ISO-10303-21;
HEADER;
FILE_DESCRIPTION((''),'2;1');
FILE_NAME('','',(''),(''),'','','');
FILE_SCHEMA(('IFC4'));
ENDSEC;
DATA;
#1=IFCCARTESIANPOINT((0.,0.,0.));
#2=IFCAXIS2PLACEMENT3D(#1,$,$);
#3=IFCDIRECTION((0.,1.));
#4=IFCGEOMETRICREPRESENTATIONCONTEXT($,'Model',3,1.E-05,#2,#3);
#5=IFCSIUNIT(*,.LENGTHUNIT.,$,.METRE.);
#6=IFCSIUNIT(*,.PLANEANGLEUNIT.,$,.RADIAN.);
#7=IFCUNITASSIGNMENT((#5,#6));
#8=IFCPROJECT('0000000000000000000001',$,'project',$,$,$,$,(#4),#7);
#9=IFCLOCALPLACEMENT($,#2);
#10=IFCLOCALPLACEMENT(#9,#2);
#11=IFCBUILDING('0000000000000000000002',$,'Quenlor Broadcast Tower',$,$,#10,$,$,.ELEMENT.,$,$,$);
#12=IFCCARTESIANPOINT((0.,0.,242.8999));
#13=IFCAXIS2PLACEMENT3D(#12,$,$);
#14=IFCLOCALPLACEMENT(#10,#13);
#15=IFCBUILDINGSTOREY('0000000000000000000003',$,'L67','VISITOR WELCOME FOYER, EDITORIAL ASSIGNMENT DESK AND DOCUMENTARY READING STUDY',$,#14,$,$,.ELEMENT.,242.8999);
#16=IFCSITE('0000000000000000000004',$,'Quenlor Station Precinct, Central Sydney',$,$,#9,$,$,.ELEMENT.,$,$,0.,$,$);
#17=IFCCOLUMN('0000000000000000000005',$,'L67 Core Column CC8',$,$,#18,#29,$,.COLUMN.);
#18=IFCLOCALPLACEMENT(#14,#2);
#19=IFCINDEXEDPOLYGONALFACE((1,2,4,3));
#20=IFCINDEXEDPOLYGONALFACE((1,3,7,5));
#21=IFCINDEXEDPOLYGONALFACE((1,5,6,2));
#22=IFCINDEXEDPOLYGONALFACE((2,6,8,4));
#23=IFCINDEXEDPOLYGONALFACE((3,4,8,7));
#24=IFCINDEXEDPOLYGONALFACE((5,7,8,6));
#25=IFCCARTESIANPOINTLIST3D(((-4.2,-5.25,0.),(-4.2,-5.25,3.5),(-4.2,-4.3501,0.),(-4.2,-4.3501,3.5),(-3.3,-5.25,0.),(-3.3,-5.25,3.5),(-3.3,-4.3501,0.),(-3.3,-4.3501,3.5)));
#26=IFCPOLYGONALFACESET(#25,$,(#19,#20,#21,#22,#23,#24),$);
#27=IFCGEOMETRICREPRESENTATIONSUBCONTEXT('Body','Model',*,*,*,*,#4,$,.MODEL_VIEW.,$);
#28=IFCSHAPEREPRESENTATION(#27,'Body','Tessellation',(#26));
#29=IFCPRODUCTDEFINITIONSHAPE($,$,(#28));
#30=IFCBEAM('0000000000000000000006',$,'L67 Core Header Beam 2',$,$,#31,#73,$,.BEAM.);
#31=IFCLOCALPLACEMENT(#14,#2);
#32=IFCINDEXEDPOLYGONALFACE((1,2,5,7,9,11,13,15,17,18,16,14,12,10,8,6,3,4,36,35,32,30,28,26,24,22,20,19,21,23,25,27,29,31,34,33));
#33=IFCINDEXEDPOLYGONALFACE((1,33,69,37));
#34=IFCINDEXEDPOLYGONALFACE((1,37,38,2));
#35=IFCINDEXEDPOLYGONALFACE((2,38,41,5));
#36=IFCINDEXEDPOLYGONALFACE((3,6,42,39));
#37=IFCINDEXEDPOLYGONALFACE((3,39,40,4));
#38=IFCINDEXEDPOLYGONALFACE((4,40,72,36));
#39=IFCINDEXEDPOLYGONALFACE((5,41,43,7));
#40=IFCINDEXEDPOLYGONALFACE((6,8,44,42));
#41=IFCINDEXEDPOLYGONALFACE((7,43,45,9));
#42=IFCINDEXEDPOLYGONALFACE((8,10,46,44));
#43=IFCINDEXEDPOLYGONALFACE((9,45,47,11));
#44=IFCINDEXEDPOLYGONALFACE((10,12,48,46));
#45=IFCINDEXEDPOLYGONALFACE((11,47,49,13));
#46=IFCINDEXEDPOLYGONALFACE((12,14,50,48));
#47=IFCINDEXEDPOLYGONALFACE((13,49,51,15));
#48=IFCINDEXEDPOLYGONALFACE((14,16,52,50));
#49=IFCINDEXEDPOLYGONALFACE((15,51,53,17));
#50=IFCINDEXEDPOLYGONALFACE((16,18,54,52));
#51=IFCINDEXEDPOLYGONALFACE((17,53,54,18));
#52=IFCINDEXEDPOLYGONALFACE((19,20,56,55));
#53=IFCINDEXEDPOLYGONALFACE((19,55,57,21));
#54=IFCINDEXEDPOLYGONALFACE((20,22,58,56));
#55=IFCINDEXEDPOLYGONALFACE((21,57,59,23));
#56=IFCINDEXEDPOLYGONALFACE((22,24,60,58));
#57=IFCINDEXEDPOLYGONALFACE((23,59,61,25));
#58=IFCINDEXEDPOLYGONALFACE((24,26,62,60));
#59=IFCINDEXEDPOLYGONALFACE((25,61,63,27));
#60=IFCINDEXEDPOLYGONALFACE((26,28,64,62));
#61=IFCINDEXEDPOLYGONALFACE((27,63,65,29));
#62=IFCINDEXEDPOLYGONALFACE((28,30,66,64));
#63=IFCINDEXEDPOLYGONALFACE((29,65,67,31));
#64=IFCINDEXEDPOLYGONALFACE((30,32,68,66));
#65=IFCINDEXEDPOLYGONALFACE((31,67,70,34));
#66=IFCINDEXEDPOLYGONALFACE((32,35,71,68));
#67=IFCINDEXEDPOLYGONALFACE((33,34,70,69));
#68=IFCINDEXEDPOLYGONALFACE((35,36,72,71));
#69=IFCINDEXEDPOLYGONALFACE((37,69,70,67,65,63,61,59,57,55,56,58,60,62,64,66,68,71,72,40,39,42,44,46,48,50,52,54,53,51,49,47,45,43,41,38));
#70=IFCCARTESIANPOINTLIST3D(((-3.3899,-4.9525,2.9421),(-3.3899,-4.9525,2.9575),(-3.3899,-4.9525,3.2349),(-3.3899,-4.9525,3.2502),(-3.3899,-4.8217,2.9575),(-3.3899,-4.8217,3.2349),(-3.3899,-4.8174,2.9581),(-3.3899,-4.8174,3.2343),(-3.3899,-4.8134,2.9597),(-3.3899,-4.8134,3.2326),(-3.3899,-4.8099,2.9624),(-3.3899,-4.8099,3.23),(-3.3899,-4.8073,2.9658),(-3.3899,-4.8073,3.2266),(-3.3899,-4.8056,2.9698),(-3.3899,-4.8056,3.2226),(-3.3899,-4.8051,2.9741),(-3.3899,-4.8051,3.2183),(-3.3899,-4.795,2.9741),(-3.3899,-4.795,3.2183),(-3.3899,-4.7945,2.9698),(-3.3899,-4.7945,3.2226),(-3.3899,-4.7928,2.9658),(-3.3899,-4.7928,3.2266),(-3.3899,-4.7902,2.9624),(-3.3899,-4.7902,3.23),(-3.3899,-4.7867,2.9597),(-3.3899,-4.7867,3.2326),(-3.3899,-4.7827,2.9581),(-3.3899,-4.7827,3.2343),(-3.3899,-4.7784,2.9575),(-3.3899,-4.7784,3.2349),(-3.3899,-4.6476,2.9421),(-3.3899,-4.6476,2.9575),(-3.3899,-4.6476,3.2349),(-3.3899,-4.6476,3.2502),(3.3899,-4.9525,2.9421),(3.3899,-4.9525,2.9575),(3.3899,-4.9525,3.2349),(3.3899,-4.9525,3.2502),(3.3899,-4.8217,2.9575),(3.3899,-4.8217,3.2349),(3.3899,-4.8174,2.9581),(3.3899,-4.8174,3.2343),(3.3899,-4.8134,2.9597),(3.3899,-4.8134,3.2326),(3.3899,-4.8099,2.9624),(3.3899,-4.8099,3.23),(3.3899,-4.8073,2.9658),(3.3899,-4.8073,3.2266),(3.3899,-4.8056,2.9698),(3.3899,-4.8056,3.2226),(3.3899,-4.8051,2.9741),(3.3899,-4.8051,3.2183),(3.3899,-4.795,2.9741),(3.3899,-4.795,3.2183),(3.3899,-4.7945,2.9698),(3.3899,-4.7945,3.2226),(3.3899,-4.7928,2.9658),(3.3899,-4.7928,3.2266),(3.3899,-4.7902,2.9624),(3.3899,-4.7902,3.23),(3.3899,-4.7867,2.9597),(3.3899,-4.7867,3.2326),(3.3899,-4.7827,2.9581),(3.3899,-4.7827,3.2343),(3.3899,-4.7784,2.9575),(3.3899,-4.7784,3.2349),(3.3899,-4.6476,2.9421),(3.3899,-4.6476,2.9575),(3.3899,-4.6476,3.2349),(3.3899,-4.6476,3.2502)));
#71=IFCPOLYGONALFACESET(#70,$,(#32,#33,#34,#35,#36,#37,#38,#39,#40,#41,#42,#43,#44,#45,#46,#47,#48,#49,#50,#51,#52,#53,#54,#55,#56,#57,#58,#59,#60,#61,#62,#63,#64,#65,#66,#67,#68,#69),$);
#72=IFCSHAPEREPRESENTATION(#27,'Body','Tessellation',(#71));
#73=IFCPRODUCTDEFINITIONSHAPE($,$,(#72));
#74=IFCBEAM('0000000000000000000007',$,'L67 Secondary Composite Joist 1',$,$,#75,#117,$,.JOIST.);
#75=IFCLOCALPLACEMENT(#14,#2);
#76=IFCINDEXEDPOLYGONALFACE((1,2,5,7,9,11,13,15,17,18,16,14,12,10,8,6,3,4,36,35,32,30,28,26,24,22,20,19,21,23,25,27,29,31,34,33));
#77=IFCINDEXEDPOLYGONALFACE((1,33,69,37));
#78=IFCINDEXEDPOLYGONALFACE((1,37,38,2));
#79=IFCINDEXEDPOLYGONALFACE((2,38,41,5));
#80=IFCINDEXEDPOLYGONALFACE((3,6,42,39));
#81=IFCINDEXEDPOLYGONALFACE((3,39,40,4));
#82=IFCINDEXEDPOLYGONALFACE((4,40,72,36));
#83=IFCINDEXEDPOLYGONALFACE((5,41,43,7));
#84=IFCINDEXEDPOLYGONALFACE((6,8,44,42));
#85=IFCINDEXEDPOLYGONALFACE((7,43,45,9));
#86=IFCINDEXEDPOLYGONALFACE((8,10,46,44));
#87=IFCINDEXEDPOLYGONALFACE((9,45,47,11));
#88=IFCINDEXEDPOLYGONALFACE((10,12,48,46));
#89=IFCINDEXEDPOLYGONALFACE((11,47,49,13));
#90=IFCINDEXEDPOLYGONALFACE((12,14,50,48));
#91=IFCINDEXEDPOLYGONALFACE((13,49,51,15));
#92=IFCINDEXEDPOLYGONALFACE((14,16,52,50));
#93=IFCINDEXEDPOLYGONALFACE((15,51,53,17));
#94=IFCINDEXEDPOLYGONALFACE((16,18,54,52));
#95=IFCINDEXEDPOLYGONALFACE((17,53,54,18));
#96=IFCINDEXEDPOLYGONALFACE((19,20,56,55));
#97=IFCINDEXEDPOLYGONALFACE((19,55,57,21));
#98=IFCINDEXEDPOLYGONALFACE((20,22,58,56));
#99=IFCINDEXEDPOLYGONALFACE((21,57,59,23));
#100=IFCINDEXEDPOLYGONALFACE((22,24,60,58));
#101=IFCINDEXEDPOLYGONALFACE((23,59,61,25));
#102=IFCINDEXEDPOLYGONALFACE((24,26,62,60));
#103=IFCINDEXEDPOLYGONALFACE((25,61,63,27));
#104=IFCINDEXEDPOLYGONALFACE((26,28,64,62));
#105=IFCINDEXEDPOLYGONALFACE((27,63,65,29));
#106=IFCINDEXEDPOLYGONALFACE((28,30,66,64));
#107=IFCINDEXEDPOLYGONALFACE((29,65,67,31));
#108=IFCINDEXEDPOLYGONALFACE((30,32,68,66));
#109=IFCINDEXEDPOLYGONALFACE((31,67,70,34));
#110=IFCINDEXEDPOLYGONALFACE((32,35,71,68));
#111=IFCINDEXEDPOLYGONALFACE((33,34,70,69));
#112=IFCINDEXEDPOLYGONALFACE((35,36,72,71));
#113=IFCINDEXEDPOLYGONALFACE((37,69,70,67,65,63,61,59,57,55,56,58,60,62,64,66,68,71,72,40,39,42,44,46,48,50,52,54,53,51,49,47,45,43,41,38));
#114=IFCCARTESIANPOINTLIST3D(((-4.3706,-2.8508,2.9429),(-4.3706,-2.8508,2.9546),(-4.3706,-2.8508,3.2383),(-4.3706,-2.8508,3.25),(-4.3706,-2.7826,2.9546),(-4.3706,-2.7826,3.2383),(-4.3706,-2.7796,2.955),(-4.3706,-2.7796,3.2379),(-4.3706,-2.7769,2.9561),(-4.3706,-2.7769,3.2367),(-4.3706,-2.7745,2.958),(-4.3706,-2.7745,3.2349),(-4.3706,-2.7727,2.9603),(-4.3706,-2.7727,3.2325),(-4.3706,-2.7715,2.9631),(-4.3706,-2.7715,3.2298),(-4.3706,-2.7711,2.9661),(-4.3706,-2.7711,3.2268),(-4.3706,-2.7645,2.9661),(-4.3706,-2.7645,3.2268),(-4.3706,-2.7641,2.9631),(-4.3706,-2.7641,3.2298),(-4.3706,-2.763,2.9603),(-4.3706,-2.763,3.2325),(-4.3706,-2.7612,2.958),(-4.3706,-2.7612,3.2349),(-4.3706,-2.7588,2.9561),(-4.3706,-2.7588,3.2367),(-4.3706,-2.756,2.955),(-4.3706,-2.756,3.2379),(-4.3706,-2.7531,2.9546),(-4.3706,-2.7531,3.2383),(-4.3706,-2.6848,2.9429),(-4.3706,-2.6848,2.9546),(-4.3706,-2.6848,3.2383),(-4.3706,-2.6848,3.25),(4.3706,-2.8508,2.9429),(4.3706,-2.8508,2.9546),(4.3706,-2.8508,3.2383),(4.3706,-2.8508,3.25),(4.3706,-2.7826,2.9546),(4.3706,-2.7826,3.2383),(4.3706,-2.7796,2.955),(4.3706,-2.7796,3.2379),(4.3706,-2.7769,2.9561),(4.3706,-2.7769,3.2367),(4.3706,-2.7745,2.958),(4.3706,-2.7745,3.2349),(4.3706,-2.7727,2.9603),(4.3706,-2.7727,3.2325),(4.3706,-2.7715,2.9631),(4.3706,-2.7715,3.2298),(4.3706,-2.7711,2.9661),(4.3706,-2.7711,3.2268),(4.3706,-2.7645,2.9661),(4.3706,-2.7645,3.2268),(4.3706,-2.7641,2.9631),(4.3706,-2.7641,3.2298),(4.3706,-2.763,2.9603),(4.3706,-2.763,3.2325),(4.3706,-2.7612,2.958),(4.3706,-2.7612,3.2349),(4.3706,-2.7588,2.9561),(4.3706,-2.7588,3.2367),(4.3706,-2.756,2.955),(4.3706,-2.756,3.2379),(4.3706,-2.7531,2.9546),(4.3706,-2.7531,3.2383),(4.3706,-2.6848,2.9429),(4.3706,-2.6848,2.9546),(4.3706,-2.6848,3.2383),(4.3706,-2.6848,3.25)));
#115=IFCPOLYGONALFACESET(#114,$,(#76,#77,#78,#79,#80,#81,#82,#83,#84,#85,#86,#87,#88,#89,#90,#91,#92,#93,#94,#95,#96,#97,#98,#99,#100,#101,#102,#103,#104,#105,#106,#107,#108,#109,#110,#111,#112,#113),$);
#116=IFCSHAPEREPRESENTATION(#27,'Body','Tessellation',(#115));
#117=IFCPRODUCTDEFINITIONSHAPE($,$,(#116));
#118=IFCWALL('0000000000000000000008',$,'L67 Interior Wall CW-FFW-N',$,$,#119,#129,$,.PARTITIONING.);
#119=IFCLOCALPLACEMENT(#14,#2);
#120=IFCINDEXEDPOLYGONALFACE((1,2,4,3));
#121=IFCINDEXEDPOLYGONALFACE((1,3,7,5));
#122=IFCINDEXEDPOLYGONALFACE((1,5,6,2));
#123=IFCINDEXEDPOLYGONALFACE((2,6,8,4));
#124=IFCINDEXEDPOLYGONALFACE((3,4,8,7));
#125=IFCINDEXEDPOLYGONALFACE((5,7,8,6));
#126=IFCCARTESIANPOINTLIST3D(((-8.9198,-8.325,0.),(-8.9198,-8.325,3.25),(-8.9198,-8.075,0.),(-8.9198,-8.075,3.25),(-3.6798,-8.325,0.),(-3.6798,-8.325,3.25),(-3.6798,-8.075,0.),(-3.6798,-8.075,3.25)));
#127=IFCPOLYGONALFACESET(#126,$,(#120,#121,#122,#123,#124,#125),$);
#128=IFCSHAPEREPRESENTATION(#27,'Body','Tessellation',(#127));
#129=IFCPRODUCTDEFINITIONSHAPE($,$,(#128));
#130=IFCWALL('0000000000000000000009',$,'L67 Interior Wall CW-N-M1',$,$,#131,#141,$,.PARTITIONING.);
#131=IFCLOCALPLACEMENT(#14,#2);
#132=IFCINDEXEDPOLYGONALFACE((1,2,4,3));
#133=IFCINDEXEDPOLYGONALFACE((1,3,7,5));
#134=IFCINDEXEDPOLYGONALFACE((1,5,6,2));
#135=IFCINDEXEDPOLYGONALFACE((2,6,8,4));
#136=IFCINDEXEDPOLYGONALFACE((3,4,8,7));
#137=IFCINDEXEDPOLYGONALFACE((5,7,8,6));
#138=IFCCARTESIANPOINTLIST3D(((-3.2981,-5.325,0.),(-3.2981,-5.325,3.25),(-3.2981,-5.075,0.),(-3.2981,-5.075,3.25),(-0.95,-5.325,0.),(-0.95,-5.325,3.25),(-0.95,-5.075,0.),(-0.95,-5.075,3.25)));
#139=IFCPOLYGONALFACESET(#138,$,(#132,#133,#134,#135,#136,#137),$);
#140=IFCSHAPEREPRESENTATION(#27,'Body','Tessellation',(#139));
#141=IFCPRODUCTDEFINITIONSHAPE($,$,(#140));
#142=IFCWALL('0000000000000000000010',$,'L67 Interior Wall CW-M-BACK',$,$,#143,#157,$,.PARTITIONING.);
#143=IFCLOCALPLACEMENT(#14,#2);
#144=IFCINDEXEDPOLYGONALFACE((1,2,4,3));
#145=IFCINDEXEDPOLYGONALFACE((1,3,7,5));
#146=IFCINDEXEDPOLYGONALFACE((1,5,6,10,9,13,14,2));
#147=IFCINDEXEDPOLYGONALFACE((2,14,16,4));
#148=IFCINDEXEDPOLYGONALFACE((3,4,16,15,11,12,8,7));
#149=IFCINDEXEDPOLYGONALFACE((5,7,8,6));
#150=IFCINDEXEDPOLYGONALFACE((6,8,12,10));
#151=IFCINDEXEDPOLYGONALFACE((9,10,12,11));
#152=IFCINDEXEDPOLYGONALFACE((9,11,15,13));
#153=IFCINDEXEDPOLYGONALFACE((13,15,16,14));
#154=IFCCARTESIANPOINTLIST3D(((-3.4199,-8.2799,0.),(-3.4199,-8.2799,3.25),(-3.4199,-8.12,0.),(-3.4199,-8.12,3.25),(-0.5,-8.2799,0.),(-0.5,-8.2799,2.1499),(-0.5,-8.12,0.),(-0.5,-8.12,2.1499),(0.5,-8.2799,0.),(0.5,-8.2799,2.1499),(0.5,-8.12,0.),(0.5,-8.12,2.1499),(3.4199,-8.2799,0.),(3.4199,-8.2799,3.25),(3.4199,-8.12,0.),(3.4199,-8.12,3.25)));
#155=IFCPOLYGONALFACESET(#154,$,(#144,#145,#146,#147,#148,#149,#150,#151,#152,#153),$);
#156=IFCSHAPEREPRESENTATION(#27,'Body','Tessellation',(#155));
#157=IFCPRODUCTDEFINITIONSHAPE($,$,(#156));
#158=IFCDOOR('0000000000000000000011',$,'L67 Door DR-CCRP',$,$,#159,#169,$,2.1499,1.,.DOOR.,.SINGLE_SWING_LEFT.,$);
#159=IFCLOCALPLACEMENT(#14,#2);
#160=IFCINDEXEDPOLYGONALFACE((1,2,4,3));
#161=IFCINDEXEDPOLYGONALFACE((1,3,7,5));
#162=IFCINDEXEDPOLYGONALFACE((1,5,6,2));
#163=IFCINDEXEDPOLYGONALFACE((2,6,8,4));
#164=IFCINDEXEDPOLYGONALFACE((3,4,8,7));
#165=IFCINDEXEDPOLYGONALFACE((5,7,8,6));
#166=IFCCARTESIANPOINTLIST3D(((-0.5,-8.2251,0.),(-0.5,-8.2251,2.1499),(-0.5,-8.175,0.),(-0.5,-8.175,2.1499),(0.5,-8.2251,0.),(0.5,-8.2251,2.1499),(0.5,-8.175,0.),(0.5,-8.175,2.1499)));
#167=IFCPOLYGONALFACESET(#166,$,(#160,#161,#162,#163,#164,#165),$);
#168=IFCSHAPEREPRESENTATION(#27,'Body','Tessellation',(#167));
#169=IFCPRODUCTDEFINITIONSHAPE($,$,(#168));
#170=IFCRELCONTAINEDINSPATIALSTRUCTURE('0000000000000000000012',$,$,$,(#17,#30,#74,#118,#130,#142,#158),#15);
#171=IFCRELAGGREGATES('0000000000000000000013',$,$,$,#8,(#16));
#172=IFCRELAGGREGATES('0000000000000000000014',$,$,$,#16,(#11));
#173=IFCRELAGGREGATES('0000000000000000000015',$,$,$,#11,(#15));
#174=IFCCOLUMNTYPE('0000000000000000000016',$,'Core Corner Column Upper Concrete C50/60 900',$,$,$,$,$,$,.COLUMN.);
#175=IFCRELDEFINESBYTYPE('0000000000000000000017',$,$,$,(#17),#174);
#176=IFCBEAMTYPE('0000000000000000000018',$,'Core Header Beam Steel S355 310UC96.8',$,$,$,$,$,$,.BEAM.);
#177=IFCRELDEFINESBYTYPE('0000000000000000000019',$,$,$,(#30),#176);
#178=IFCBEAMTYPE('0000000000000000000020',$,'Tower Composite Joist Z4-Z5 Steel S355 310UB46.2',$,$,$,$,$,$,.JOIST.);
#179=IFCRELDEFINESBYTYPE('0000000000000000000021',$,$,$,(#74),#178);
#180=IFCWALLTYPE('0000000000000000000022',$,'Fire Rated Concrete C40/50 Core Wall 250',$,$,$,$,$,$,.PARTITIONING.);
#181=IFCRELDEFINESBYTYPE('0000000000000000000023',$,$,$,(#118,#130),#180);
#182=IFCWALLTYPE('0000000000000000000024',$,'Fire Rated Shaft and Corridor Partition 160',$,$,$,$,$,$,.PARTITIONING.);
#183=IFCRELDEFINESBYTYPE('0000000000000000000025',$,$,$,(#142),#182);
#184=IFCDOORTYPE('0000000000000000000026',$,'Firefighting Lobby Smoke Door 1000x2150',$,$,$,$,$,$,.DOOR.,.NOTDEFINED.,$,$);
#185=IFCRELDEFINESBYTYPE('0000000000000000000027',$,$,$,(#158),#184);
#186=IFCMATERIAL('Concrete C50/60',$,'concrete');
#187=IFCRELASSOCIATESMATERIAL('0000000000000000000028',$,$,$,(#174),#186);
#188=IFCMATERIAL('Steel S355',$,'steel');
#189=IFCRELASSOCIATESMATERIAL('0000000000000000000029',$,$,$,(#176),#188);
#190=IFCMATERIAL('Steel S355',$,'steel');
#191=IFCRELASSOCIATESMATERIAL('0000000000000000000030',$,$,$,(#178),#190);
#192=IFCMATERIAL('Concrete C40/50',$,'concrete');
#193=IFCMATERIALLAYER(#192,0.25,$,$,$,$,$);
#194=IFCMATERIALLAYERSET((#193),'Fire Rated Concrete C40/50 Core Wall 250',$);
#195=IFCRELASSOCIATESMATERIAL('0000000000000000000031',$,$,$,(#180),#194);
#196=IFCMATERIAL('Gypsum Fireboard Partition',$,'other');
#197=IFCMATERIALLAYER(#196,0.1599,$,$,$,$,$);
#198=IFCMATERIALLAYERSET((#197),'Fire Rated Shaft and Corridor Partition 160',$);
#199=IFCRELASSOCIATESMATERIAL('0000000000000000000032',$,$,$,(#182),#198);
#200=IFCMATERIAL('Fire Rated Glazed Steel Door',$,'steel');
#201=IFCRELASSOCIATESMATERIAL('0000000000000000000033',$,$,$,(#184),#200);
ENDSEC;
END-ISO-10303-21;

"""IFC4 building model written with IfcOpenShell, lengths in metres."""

from ifc_helpers import new_model, si_unit, direction, frame, frame_2d, origin, origin_2d, place, context, subcontext, project, spatial, rectangle, i_section, extrude, material, layer, layer_set, material_profile, profile_set, type_object, element, fill, save


model = new_model("IFC4")

# Units and contexts
model_context = context("Model", 3, precision=1e-05, world=origin(), true_north=direction((0.0, 1.0)))
body_context = subcontext(model_context, "Body", "Model", "MODEL_VIEW")
ifc_project = project(units=[si_unit("LENGTHUNIT", "METRE"), si_unit("PLANEANGLEUNIT", "RADIAN")], contexts=[model_context])

# Site, building, storey
site_placement = place(None, origin())
site = spatial("IfcSite", under=ifc_project, at=site_placement, Name="Quenlor Station Precinct, Central Sydney", CompositionType="ELEMENT", RefElevation=0.0)
building_placement = place(site_placement, origin())
building = spatial("IfcBuilding", under=site, at=building_placement, Name="Quenlor Broadcast Tower", CompositionType="ELEMENT")
storey_placement = place(building_placement, frame((0.0, 0.0, 242.8999)))
storey = spatial("IfcBuildingStorey", under=building, at=storey_placement, Name="L67", Description="VISITOR WELCOME FOYER, EDITORIAL ASSIGNMENT DESK AND DOCUMENTARY READING STUDY", CompositionType="ELEMENT", Elevation=242.8999)

# Column
ifc_material_1 = material(Name="Concrete C50/60", Category="concrete")
ifc_material_profile_1 = material_profile(ifc_material_1, rectangle(XDim=0.8999, YDim=0.8999, at=origin_2d()))
ifc_profile_set_1 = profile_set([ifc_material_profile_1], Name="Concrete C50/60 RC900x900")
column_type = type_object("IfcColumnType", Name="Core Corner Column Upper Concrete C50/60 900", PredefinedType="COLUMN", material=ifc_profile_set_1)
column_placement = place(storey_placement, frame((-3.75, -4.8, 0.0), z_axis=(0.0, 0.0, 1.0), x_axis=(1.0, 0.0, 0.0)))
element("IfcColumn", 1, at=column_placement, inside=storey, type_object=column_type, Name="L67 Core Column CC8", PredefinedType="COLUMN", context=body_context, shape_type="SweptSolid", body=[
    extrude(rectangle(XDim=0.8999, YDim=0.8999, at=origin_2d()), origin(), (0.0, 0.0, 1.0), 3.5),
])

# Beams
ifc_material_2 = material(Name="Steel S355", Category="steel")
ifc_material_profile_2 = material_profile(ifc_material_2, i_section(OverallWidth=0.3049, OverallDepth=0.3081, WebThickness=0.01, FlangeThickness=0.0154, FilletRadius=0.0166, at=origin_2d()))
ifc_profile_set_2 = profile_set([ifc_material_profile_2], Name="Steel S355 310UC96.8")
beam_type_1 = type_object("IfcBeamType", Name="Core Header Beam Steel S355 310UC96.8", PredefinedType="BEAM", material=ifc_profile_set_2)
beam_1_placement = place(storey_placement, frame((-3.3899, -4.8, 3.0962), z_axis=(1.0, 0.0, 0.0), x_axis=(0.0, 1.0, 0.0)))
element("IfcBeam", 2, at=beam_1_placement, inside=storey, type_object=beam_type_1, Name="L67 Core Header Beam 2", PredefinedType="BEAM", context=body_context, shape_type="SweptSolid", body=[
    extrude(i_section(OverallWidth=0.3049, OverallDepth=0.3081, WebThickness=0.01, FlangeThickness=0.0154, FilletRadius=0.0166, at=origin_2d()), origin(), (0.0, 0.0, 1.0), 6.7798),
])
ifc_material_3 = material(Name="Steel S355", Category="steel")
ifc_material_profile_3 = material_profile(ifc_material_3, i_section(OverallWidth=0.166, OverallDepth=0.3071, WebThickness=0.0066, FlangeThickness=0.0117, FilletRadius=0.0115, at=origin_2d()))
ifc_profile_set_3 = profile_set([ifc_material_profile_3], Name="Steel S355 310UB46.2")
beam_type_2 = type_object("IfcBeamType", Name="Tower Composite Joist Z4-Z5 Steel S355 310UB46.2", PredefinedType="JOIST", material=ifc_profile_set_3)
beam_2_placement = place(storey_placement, frame((-4.3706, -2.7678, 3.0964), z_axis=(1.0, 0.0, 0.0), x_axis=(0.0, 1.0, 0.0)))
element("IfcBeam", 3, at=beam_2_placement, inside=storey, type_object=beam_type_2, Name="L67 Secondary Composite Joist 1", PredefinedType="JOIST", context=body_context, shape_type="SweptSolid", body=[
    extrude(i_section(OverallWidth=0.166, OverallDepth=0.3071, WebThickness=0.0066, FlangeThickness=0.0117, FilletRadius=0.0115, at=origin_2d()), origin(), (0.0, 0.0, 1.0), 8.7412),
])

# Shared definitions
ifc_material_4 = material(Name="Concrete C40/50", Category="concrete")
ifc_layer_1 = layer(ifc_material_4, 0.25)
ifc_layer_set_1 = layer_set([ifc_layer_1], Name="Fire Rated Concrete C40/50 Core Wall 250")
wall_type_1 = type_object("IfcWallType", Name="Fire Rated Concrete C40/50 Core Wall 250", PredefinedType="PARTITIONING", material=ifc_layer_set_1)

# Walls
wall_1_placement = place(storey_placement, frame((-8.9199, -8.2, 0.0), z_axis=(0.0, 0.0, 1.0), x_axis=(1.0, 0.0, 0.0)))
element("IfcWall", 4, at=wall_1_placement, inside=storey, type_object=wall_type_1, Name="L67 Interior Wall CW-FFW-N", PredefinedType="PARTITIONING", context=body_context, shape_type="SweptSolid", body=[
    extrude(rectangle(XDim=5.24, YDim=0.25, at=frame_2d((2.6201, 0.0))), origin(), (0.0, 0.0, 1.0), 3.25),
])
wall_2_placement = place(storey_placement, frame((-3.2981, -5.2, 0.0), z_axis=(0.0, 0.0, 1.0), x_axis=(1.0, 0.0, 0.0)))
element("IfcWall", 5, at=wall_2_placement, inside=storey, type_object=wall_type_1, Name="L67 Interior Wall CW-N-M1", PredefinedType="PARTITIONING", context=body_context, shape_type="SweptSolid", body=[
    extrude(rectangle(XDim=2.3481, YDim=0.25, at=frame_2d((1.1741, 0.0))), origin(), (0.0, 0.0, 1.0), 3.25),
])

# Wall, opening, door
ifc_material_5 = material(Name="Gypsum Fireboard Partition", Category="other")
ifc_layer_2 = layer(ifc_material_5, 0.1599)
ifc_layer_set_2 = layer_set([ifc_layer_2], Name="Fire Rated Shaft and Corridor Partition 160")
wall_type_2 = type_object("IfcWallType", Name="Fire Rated Shaft and Corridor Partition 160", PredefinedType="PARTITIONING", material=ifc_layer_set_2)
wall_3_placement = place(storey_placement, frame((-3.4199, -8.2, 0.0), z_axis=(0.0, 0.0, 1.0), x_axis=(1.0, 0.0, 0.0)))
wall_3 = element("IfcWall", 6, at=wall_3_placement, inside=storey, type_object=wall_type_2, Name="L67 Interior Wall CW-M-BACK", PredefinedType="PARTITIONING", context=body_context, shape_type="SweptSolid", body=[
    extrude(rectangle(XDim=6.8398, YDim=0.1599, at=frame_2d((3.4199, 0.0))), origin(), (0.0, 0.0, 1.0), 3.25),
])
opening_1_placement = place(wall_3_placement, frame((2.9199, 0.0, 0.0)))
opening_1 = element("IfcOpeningElement", 7, at=opening_1_placement, cuts=wall_3, PredefinedType="OPENING", context=body_context, shape_type="SweptSolid", body=[
    extrude(rectangle(XDim=1.0, YDim=2.1499, at=frame_2d((0.5, 1.075))), frame((0.0, 0.0898, 0.0), z_axis=(0.0, -1.0, 0.0), x_axis=(1.0, 0.0, 0.0)), (0.0, 0.0, 1.0), 0.1799),
])
ifc_material_6 = material(Name="Fire Rated Glazed Steel Door", Category="steel")
door_type_1 = type_object("IfcDoorType", Name="Firefighting Lobby Smoke Door 1000x2150", OperationType="NOTDEFINED", PredefinedType="DOOR", material=ifc_material_6)
door_1_placement = place(opening_1_placement, origin())
door_1 = element("IfcDoor", 8, at=door_1_placement, inside=storey, type_object=door_type_1, Name="L67 Door DR-CCRP", OperationType="SINGLE_SWING_LEFT", OverallHeight=2.1499, OverallWidth=1.0, PredefinedType="DOOR", context=body_context, shape_type="SweptSolid", body=[
    extrude(rectangle(XDim=1.0, YDim=2.1499, at=frame_2d((0.5, 1.075))), frame((0.0, 0.0249, 0.0), z_axis=(0.0, -1.0, 0.0), x_axis=(1.0, 0.0, 0.0)), (0.0, 0.0, 1.0), 0.05),
])
fill(opening_1, door_1)

save(model, "model.ifc")
